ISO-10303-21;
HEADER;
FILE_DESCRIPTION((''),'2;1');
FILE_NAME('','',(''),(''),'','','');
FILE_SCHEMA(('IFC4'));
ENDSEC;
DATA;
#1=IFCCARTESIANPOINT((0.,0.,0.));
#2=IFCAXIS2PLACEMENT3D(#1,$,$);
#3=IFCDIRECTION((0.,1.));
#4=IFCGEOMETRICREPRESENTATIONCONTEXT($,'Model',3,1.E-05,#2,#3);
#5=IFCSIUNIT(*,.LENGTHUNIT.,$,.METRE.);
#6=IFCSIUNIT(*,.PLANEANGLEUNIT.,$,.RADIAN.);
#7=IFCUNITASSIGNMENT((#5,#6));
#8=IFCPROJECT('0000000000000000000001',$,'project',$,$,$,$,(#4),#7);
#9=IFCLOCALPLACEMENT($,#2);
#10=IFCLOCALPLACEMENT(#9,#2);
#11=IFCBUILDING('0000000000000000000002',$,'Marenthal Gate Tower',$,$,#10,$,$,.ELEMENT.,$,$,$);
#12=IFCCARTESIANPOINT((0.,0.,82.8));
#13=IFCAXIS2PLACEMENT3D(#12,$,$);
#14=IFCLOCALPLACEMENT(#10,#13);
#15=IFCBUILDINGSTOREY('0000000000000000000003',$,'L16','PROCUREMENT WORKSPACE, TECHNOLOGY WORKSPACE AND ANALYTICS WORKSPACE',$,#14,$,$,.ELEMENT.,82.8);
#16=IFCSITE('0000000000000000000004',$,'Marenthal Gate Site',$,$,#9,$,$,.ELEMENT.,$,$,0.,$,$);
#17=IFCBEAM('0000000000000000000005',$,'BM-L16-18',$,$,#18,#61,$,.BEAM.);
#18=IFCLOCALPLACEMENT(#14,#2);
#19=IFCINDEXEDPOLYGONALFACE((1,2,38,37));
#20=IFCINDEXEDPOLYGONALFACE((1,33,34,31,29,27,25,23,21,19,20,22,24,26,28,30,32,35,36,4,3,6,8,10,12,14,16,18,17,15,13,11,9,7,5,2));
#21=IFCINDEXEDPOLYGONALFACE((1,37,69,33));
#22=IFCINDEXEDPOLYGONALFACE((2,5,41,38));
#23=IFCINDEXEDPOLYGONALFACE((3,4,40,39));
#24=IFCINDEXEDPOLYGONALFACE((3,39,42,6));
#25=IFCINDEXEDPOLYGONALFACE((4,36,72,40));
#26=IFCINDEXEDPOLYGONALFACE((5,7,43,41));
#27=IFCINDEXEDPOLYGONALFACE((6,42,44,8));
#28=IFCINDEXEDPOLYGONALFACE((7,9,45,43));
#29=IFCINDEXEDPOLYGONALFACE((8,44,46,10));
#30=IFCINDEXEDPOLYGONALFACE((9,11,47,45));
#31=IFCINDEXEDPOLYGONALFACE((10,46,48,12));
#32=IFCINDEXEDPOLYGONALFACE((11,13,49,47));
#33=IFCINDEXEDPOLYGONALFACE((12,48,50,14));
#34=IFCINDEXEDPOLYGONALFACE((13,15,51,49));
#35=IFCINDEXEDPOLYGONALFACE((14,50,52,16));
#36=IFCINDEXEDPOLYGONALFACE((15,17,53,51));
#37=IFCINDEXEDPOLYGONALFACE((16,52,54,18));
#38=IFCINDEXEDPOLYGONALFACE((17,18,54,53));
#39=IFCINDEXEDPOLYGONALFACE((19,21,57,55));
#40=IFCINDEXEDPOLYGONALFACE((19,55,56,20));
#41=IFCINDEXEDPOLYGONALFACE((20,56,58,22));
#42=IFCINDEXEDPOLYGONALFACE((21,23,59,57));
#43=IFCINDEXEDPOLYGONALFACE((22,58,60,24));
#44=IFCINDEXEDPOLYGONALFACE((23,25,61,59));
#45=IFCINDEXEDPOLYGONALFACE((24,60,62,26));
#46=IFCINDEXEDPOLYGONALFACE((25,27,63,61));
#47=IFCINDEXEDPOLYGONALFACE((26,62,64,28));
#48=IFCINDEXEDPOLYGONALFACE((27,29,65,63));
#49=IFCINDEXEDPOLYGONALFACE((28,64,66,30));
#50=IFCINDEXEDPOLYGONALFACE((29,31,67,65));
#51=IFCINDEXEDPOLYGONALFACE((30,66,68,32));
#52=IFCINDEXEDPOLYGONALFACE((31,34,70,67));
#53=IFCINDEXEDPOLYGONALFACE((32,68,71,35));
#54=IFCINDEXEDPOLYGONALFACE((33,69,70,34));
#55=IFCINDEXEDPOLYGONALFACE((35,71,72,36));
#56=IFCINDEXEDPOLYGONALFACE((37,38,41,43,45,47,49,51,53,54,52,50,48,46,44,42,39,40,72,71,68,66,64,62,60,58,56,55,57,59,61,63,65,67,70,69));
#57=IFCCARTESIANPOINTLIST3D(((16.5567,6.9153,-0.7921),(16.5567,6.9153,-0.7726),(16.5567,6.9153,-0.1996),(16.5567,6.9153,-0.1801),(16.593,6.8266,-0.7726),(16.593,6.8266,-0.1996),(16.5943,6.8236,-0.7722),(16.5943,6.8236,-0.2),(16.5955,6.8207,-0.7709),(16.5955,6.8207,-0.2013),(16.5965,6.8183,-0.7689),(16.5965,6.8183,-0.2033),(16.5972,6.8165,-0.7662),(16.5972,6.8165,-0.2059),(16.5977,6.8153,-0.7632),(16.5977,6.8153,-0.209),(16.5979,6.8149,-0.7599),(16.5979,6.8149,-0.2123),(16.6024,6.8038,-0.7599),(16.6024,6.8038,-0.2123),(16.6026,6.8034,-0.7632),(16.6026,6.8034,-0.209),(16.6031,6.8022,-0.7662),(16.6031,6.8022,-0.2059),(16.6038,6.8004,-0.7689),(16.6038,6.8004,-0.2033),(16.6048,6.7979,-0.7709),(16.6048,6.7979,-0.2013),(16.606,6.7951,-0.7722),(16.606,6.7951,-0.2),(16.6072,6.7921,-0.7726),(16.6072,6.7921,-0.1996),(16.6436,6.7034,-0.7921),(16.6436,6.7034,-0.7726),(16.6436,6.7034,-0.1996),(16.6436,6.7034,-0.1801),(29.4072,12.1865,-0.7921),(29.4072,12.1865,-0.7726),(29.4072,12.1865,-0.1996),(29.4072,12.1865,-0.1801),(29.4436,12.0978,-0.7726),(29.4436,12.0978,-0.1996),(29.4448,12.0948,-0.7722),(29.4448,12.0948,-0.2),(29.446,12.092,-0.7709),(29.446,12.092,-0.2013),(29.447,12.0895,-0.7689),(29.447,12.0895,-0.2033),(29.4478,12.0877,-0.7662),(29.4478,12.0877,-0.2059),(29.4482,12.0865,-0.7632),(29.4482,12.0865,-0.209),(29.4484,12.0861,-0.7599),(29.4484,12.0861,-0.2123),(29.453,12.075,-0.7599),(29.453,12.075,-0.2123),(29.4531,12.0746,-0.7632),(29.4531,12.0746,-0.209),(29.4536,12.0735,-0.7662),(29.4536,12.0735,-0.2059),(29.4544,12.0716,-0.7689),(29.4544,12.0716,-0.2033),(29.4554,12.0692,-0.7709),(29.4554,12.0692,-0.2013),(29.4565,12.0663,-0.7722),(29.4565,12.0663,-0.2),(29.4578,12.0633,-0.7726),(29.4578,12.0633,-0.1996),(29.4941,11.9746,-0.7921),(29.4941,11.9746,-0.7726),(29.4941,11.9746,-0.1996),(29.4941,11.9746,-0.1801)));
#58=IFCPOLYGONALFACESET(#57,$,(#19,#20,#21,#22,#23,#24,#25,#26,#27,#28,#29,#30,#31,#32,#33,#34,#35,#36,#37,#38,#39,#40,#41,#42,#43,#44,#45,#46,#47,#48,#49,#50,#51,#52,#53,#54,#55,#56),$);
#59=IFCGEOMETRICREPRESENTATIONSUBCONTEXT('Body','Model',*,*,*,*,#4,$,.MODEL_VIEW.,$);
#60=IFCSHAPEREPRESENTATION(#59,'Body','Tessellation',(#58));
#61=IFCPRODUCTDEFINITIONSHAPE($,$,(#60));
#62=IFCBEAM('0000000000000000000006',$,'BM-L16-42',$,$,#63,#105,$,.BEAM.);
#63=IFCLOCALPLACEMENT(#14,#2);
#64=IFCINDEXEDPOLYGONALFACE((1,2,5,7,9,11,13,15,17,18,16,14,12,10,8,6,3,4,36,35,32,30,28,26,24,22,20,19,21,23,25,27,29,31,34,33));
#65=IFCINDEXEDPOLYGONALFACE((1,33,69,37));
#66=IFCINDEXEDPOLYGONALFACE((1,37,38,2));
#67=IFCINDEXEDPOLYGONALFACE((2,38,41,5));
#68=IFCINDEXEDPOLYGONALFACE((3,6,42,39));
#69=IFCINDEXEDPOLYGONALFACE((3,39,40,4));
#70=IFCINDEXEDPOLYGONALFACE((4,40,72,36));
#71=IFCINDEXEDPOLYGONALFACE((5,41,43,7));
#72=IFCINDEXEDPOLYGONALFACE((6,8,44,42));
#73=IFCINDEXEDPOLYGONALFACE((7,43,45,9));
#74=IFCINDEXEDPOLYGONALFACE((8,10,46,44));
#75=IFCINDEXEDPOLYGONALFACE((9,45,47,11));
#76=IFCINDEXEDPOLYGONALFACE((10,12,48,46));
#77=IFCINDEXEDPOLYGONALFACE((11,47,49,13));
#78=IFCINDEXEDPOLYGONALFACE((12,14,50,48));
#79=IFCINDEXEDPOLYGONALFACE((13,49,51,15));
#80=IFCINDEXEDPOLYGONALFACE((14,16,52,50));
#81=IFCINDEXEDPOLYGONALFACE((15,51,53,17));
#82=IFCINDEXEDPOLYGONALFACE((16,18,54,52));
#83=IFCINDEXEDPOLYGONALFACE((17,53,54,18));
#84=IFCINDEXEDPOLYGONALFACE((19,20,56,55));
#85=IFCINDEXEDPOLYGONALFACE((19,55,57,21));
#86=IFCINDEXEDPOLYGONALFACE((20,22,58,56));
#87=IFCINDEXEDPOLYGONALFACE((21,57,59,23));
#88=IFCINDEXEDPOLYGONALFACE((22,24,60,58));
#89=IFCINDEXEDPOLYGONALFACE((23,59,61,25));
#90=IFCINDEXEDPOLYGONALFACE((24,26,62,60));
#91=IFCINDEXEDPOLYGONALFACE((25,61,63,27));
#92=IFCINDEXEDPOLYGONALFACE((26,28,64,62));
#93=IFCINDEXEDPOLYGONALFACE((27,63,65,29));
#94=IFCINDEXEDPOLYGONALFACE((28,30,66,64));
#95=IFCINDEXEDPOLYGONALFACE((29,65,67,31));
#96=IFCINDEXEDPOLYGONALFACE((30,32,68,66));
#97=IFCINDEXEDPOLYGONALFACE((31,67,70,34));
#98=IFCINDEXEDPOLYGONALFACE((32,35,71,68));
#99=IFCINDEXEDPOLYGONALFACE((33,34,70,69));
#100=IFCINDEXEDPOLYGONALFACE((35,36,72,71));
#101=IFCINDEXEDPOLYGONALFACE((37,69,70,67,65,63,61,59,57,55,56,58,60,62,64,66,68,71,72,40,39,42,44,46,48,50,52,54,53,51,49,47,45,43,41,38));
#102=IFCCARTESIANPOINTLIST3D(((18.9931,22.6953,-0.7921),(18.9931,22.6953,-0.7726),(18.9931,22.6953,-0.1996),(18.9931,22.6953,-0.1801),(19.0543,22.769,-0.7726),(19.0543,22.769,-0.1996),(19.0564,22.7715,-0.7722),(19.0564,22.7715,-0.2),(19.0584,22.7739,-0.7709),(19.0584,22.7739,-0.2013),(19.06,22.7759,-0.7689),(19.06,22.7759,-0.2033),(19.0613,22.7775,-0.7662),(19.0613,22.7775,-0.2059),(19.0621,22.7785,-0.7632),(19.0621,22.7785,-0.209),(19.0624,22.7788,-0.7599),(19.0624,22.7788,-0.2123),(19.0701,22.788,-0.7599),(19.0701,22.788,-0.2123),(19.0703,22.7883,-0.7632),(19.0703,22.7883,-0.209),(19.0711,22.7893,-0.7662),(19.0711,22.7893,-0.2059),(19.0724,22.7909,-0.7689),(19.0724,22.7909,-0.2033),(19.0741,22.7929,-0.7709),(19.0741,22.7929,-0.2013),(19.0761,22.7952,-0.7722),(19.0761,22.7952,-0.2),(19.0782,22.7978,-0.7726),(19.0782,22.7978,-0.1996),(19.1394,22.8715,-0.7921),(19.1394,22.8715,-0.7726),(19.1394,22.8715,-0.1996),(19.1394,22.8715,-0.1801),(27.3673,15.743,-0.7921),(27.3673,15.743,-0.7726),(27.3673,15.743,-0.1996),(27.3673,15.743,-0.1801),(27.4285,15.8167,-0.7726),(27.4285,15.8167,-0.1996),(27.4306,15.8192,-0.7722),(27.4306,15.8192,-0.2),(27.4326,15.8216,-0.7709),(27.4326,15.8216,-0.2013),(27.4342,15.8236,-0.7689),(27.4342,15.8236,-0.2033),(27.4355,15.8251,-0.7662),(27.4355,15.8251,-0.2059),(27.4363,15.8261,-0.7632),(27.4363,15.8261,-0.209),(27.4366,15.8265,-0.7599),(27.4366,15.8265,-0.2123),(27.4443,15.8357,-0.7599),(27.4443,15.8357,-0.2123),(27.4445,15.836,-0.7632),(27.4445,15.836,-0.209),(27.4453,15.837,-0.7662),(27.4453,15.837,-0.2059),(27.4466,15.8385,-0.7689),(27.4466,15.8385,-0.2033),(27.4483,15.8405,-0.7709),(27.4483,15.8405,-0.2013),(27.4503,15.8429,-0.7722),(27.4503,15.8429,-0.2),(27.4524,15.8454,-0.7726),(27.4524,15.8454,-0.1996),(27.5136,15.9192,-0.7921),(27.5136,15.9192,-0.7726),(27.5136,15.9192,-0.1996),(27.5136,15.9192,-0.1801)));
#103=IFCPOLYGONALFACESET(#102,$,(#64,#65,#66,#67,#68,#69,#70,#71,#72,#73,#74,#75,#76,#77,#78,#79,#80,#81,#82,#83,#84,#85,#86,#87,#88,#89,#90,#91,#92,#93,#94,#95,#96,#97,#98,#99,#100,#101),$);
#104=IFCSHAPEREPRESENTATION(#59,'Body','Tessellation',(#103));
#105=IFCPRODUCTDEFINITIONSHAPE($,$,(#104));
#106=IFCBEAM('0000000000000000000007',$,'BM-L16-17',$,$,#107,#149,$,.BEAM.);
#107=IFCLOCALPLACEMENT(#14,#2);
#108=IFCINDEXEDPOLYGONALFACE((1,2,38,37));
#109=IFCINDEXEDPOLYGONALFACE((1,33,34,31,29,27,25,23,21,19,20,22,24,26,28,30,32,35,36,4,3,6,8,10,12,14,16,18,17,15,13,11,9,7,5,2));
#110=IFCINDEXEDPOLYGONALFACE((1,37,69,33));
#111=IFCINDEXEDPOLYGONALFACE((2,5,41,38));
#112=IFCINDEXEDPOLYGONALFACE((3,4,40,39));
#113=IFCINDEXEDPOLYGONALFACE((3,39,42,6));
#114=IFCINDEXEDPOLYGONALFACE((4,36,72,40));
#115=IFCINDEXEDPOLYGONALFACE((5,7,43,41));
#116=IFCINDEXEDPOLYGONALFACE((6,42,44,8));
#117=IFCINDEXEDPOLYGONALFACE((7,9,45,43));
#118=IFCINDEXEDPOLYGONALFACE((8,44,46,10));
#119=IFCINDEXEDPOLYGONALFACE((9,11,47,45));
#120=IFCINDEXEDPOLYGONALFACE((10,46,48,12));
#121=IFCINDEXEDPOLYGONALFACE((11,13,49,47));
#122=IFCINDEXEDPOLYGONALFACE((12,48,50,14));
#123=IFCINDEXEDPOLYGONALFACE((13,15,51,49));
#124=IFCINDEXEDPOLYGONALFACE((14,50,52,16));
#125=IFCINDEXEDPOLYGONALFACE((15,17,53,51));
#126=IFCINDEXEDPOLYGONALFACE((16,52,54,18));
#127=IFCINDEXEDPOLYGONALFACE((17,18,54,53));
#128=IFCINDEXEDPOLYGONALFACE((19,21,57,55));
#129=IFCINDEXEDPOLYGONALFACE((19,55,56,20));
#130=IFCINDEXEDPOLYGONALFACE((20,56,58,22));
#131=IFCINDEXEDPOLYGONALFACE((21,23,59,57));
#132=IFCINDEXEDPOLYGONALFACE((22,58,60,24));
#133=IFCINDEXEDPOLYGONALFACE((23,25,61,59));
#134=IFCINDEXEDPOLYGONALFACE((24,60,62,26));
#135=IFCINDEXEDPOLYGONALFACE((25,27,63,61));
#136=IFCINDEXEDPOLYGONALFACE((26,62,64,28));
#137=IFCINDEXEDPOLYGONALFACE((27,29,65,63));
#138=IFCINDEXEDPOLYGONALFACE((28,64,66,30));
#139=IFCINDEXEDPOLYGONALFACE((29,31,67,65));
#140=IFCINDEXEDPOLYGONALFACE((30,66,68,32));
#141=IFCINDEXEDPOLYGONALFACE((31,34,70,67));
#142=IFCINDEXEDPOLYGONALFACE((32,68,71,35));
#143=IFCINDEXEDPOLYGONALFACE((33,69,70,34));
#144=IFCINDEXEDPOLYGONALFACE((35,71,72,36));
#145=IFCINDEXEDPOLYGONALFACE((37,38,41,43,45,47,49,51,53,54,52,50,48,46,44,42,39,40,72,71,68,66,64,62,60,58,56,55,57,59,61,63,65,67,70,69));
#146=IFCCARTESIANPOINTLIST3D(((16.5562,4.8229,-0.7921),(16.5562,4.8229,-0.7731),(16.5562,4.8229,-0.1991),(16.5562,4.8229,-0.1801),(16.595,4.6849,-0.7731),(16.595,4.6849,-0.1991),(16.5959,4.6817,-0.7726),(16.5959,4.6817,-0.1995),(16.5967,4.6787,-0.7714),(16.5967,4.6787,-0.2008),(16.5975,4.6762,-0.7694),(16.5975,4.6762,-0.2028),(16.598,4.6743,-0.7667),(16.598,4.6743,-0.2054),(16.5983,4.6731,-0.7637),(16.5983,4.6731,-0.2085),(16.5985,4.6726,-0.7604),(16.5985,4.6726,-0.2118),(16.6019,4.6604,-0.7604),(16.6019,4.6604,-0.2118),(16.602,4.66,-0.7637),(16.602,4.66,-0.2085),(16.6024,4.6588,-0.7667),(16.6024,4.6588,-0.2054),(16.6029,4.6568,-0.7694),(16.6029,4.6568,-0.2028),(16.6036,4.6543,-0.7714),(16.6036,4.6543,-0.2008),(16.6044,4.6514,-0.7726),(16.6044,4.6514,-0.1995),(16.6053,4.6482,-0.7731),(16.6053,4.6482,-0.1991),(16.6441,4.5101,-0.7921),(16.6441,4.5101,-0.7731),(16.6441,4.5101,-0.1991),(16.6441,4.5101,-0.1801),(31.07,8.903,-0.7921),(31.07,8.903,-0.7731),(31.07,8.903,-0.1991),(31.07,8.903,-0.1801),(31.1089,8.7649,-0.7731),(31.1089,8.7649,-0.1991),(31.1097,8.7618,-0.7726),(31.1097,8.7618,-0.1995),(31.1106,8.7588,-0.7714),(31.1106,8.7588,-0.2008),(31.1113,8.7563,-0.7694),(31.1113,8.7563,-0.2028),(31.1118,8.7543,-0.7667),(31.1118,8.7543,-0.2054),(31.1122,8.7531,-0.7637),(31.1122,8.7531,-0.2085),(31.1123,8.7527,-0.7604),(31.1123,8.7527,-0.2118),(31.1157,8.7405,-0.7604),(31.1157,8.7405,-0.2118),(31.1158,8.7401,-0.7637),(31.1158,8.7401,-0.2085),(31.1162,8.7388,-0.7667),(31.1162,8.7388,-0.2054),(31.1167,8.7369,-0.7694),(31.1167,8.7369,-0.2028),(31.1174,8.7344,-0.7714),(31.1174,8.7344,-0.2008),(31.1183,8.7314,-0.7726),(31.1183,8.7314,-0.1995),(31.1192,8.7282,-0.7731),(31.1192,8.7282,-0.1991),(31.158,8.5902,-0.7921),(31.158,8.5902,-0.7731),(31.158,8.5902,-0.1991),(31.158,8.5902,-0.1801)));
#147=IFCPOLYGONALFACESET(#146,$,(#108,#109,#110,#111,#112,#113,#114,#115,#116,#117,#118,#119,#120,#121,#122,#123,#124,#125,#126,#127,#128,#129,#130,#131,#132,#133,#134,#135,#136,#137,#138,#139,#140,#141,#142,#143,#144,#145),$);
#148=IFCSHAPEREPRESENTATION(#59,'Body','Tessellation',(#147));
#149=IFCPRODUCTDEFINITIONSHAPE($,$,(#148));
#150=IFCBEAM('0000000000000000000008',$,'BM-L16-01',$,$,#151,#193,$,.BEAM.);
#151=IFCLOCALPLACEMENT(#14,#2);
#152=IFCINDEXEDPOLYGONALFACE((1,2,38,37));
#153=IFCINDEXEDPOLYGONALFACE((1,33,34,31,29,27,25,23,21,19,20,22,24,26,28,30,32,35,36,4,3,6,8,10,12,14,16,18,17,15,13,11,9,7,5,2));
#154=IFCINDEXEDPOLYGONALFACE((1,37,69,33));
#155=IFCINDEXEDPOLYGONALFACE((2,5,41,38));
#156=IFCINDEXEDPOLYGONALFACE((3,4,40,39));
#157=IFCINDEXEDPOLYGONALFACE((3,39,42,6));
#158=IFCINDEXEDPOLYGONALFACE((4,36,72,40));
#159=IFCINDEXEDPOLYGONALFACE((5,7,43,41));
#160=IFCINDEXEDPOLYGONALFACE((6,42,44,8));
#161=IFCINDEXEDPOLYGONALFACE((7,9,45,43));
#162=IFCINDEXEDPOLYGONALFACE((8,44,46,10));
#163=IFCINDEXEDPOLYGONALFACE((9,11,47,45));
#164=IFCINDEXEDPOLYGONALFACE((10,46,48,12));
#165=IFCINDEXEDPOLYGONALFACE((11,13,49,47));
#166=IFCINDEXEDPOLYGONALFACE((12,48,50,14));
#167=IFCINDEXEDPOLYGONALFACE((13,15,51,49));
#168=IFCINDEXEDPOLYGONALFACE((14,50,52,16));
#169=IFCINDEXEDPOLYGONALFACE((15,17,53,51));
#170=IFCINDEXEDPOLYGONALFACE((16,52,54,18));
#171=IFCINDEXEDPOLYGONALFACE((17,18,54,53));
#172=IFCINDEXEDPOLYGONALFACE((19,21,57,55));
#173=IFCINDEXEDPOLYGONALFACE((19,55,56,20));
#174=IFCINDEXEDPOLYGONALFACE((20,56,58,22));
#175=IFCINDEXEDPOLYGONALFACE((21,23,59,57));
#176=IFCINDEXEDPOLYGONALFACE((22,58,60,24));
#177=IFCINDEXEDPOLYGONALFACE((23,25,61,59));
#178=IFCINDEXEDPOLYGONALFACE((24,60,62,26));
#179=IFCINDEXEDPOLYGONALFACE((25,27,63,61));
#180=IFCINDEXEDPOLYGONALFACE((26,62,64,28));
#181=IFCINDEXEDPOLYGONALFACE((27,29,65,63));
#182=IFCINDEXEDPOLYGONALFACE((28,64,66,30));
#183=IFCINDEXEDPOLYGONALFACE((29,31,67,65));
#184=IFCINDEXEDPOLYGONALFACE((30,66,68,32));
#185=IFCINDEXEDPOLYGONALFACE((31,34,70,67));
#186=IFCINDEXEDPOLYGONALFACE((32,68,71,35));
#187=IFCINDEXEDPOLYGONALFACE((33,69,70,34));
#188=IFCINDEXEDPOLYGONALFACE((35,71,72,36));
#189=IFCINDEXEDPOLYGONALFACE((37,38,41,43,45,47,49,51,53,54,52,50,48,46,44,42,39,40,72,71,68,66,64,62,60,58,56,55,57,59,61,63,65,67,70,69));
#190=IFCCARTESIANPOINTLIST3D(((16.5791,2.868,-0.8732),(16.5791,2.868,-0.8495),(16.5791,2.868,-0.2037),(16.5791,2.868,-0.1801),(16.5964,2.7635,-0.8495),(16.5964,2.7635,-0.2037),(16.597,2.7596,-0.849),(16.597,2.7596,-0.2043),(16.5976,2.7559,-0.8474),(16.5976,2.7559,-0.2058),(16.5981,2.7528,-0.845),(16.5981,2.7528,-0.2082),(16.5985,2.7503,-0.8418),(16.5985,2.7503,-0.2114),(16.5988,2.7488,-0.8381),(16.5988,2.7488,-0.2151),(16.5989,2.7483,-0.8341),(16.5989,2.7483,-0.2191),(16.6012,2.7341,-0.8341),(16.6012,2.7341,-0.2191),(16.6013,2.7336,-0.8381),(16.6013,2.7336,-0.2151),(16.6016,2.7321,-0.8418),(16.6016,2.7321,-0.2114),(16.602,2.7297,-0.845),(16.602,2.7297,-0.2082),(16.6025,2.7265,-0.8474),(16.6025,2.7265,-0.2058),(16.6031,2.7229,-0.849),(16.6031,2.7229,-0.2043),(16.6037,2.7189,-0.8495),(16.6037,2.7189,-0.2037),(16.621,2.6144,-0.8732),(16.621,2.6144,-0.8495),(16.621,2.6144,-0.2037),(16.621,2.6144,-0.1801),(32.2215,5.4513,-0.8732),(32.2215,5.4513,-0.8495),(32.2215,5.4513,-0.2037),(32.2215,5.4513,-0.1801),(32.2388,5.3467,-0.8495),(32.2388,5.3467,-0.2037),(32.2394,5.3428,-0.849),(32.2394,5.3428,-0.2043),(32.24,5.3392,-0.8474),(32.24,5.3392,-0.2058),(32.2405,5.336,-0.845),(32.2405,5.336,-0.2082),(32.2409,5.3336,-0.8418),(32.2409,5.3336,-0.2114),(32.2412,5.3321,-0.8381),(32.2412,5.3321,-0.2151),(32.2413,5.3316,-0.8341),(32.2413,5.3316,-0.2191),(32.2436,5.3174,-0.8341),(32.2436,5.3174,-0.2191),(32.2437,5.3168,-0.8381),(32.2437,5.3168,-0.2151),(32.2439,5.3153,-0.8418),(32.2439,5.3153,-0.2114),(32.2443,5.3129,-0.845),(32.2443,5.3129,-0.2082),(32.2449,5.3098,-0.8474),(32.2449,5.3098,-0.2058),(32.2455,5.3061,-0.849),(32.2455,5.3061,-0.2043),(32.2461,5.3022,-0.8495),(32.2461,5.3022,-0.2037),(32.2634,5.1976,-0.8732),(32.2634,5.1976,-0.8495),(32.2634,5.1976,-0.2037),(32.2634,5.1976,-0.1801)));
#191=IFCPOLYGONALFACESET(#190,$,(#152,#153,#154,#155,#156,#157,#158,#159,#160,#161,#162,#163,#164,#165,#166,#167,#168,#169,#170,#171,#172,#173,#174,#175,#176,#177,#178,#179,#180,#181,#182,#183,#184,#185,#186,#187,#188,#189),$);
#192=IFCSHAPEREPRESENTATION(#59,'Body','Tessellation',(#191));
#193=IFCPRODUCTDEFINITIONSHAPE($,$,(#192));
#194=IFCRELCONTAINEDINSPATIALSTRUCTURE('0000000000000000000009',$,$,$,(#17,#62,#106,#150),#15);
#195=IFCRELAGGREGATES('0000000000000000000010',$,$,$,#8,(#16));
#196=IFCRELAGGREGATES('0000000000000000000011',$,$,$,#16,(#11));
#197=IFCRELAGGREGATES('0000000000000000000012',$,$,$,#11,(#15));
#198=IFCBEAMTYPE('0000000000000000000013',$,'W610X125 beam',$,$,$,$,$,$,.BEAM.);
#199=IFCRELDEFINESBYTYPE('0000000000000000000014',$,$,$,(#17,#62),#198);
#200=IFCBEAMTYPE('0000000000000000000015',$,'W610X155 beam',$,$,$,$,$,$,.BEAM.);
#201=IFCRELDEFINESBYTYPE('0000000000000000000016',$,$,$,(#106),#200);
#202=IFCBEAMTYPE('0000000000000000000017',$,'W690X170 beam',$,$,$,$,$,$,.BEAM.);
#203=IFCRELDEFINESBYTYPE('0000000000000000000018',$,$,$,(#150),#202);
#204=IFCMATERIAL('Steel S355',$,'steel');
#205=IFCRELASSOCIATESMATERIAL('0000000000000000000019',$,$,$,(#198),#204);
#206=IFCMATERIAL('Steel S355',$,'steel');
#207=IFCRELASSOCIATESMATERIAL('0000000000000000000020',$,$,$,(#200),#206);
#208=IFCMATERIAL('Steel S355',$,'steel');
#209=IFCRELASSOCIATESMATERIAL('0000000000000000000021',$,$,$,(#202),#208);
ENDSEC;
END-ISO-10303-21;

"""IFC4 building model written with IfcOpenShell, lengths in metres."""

from ifc_helpers import new_model, si_unit, direction, frame, origin, origin_2d, place, context, subcontext, project, spatial, i_section, extrude, material, material_profile, profile_set, type_object, element, save


model = new_model("IFC4")

# Units and contexts
model_context = context("Model", 3, precision=1e-05, world=origin(), true_north=direction((0.0, 1.0)))
body_context = subcontext(model_context, "Body", "Model", "MODEL_VIEW")
ifc_project = project(units=[si_unit("LENGTHUNIT", "METRE"), si_unit("PLANEANGLEUNIT", "RADIAN")], contexts=[model_context])

# Site, building, storey
site_placement = place(None, origin())
site = spatial("IfcSite", under=ifc_project, at=site_placement, Name="Marenthal Gate Site", CompositionType="ELEMENT", RefElevation=0.0)
building_placement = place(site_placement, origin())
building = spatial("IfcBuilding", under=site, at=building_placement, Name="Marenthal Gate Tower", CompositionType="ELEMENT")
storey_placement = place(building_placement, frame((0.0, 0.0, 82.8)))
storey = spatial("IfcBuildingStorey", under=building, at=storey_placement, Name="L16", Description="PROCUREMENT WORKSPACE, TECHNOLOGY WORKSPACE AND ANALYTICS WORKSPACE", CompositionType="ELEMENT", Elevation=82.8)

# Beams
ifc_material_1 = material(Name="Steel S355", Category="steel")
ifc_material_profile_1 = material_profile(ifc_material_1, i_section(OverallWidth=0.229, OverallDepth=0.6121, WebThickness=0.012, FlangeThickness=0.0195, FilletRadius=0.0127, at=origin_2d()), Name="W610X125")
ifc_profile_set_1 = profile_set([ifc_material_profile_1], Name="Steel S355")
beam_type_1 = type_object("IfcBeamType", Name="W610X125 beam", PredefinedType="BEAM", material=ifc_profile_set_1)
beam_1_placement = place(storey_placement, frame((29.4507, 12.0806, -0.4861), z_axis=(-0.925189, -0.379507, 0.0), x_axis=(0.379507, -0.925189, 0.0)))
element("IfcBeam", 1, at=beam_1_placement, inside=storey, type_object=beam_type_1, Name="BM-L16-18", PredefinedType="BEAM", context=body_context, shape_type="SweptSolid", body=[
    extrude(i_section(OverallWidth=0.229, OverallDepth=0.6121, WebThickness=0.012, FlangeThickness=0.0195, FilletRadius=0.0127, at=origin_2d()), origin(), (0.0, 0.0, 1.0), 13.8896),
])
beam_2_placement = place(storey_placement, frame((27.4404, 15.8311, -0.4861), z_axis=(-0.769402, 0.638765, 0.0), x_axis=(-0.638765, -0.769402, 0.0)))
element("IfcBeam", 2, at=beam_2_placement, inside=storey, type_object=beam_type_1, Name="BM-L16-42", PredefinedType="BEAM", context=body_context, shape_type="SweptSolid", body=[
    extrude(i_section(OverallWidth=0.229, OverallDepth=0.6121, WebThickness=0.012, FlangeThickness=0.0195, FilletRadius=0.0127, at=origin_2d()), origin(), (0.0, 0.0, 1.0), 10.884),
])
ifc_material_2 = material(Name="Steel S355", Category="steel")
ifc_material_profile_2 = material_profile(ifc_material_2, i_section(OverallWidth=0.325, OverallDepth=0.6121, WebThickness=0.0127, FlangeThickness=0.019, FilletRadius=0.0127, at=origin_2d()), Name="W610X155")
ifc_profile_set_2 = profile_set([ifc_material_profile_2], Name="Steel S355")
beam_type_2 = type_object("IfcBeamType", Name="W610X155 beam", PredefinedType="BEAM", material=ifc_profile_set_2)
beam_3_placement = place(storey_placement, frame((31.114, 8.7466, -0.4861), z_axis=(-0.962685, -0.270625, 0.0), x_axis=(0.270625, -0.962685, 0.0)))
element("IfcBeam", 3, at=beam_3_placement, inside=storey, type_object=beam_type_2, Name="BM-L16-17", PredefinedType="BEAM", context=body_context, shape_type="SweptSolid", body=[
    extrude(i_section(OverallWidth=0.325, OverallDepth=0.6121, WebThickness=0.0127, FlangeThickness=0.019, FilletRadius=0.0127, at=origin_2d()), origin(), (0.0, 0.0, 1.0), 15.0764),
])
ifc_material_3 = material(Name="Steel S355", Category="steel")
ifc_material_profile_3 = material_profile(ifc_material_3, i_section(OverallWidth=0.2571, OverallDepth=0.6931, WebThickness=0.0144, FlangeThickness=0.0237, FilletRadius=0.0154, at=origin_2d()), Name="W690X170")
ifc_profile_set_3 = profile_set([ifc_material_profile_3], Name="Steel S355")
beam_type_3 = type_object("IfcBeamType", Name="W690X170 beam", PredefinedType="BEAM", material=ifc_profile_set_3)
beam_4_placement = place(storey_placement, frame((32.2424, 5.3245, -0.5266), z_axis=(-0.986636, -0.162938, 0.0), x_axis=(0.162938, -0.986636, 0.0)))
element("IfcBeam", 4, at=beam_4_placement, inside=storey, type_object=beam_type_3, Name="BM-L16-01", PredefinedType="BEAM", context=body_context, shape_type="SweptSolid", body=[
    extrude(i_section(OverallWidth=0.2571, OverallDepth=0.6931, WebThickness=0.0144, FlangeThickness=0.0237, FilletRadius=0.0154, at=origin_2d()), origin(), (0.0, 0.0, 1.0), 15.8542),
])

save(model, "model.ifc")
